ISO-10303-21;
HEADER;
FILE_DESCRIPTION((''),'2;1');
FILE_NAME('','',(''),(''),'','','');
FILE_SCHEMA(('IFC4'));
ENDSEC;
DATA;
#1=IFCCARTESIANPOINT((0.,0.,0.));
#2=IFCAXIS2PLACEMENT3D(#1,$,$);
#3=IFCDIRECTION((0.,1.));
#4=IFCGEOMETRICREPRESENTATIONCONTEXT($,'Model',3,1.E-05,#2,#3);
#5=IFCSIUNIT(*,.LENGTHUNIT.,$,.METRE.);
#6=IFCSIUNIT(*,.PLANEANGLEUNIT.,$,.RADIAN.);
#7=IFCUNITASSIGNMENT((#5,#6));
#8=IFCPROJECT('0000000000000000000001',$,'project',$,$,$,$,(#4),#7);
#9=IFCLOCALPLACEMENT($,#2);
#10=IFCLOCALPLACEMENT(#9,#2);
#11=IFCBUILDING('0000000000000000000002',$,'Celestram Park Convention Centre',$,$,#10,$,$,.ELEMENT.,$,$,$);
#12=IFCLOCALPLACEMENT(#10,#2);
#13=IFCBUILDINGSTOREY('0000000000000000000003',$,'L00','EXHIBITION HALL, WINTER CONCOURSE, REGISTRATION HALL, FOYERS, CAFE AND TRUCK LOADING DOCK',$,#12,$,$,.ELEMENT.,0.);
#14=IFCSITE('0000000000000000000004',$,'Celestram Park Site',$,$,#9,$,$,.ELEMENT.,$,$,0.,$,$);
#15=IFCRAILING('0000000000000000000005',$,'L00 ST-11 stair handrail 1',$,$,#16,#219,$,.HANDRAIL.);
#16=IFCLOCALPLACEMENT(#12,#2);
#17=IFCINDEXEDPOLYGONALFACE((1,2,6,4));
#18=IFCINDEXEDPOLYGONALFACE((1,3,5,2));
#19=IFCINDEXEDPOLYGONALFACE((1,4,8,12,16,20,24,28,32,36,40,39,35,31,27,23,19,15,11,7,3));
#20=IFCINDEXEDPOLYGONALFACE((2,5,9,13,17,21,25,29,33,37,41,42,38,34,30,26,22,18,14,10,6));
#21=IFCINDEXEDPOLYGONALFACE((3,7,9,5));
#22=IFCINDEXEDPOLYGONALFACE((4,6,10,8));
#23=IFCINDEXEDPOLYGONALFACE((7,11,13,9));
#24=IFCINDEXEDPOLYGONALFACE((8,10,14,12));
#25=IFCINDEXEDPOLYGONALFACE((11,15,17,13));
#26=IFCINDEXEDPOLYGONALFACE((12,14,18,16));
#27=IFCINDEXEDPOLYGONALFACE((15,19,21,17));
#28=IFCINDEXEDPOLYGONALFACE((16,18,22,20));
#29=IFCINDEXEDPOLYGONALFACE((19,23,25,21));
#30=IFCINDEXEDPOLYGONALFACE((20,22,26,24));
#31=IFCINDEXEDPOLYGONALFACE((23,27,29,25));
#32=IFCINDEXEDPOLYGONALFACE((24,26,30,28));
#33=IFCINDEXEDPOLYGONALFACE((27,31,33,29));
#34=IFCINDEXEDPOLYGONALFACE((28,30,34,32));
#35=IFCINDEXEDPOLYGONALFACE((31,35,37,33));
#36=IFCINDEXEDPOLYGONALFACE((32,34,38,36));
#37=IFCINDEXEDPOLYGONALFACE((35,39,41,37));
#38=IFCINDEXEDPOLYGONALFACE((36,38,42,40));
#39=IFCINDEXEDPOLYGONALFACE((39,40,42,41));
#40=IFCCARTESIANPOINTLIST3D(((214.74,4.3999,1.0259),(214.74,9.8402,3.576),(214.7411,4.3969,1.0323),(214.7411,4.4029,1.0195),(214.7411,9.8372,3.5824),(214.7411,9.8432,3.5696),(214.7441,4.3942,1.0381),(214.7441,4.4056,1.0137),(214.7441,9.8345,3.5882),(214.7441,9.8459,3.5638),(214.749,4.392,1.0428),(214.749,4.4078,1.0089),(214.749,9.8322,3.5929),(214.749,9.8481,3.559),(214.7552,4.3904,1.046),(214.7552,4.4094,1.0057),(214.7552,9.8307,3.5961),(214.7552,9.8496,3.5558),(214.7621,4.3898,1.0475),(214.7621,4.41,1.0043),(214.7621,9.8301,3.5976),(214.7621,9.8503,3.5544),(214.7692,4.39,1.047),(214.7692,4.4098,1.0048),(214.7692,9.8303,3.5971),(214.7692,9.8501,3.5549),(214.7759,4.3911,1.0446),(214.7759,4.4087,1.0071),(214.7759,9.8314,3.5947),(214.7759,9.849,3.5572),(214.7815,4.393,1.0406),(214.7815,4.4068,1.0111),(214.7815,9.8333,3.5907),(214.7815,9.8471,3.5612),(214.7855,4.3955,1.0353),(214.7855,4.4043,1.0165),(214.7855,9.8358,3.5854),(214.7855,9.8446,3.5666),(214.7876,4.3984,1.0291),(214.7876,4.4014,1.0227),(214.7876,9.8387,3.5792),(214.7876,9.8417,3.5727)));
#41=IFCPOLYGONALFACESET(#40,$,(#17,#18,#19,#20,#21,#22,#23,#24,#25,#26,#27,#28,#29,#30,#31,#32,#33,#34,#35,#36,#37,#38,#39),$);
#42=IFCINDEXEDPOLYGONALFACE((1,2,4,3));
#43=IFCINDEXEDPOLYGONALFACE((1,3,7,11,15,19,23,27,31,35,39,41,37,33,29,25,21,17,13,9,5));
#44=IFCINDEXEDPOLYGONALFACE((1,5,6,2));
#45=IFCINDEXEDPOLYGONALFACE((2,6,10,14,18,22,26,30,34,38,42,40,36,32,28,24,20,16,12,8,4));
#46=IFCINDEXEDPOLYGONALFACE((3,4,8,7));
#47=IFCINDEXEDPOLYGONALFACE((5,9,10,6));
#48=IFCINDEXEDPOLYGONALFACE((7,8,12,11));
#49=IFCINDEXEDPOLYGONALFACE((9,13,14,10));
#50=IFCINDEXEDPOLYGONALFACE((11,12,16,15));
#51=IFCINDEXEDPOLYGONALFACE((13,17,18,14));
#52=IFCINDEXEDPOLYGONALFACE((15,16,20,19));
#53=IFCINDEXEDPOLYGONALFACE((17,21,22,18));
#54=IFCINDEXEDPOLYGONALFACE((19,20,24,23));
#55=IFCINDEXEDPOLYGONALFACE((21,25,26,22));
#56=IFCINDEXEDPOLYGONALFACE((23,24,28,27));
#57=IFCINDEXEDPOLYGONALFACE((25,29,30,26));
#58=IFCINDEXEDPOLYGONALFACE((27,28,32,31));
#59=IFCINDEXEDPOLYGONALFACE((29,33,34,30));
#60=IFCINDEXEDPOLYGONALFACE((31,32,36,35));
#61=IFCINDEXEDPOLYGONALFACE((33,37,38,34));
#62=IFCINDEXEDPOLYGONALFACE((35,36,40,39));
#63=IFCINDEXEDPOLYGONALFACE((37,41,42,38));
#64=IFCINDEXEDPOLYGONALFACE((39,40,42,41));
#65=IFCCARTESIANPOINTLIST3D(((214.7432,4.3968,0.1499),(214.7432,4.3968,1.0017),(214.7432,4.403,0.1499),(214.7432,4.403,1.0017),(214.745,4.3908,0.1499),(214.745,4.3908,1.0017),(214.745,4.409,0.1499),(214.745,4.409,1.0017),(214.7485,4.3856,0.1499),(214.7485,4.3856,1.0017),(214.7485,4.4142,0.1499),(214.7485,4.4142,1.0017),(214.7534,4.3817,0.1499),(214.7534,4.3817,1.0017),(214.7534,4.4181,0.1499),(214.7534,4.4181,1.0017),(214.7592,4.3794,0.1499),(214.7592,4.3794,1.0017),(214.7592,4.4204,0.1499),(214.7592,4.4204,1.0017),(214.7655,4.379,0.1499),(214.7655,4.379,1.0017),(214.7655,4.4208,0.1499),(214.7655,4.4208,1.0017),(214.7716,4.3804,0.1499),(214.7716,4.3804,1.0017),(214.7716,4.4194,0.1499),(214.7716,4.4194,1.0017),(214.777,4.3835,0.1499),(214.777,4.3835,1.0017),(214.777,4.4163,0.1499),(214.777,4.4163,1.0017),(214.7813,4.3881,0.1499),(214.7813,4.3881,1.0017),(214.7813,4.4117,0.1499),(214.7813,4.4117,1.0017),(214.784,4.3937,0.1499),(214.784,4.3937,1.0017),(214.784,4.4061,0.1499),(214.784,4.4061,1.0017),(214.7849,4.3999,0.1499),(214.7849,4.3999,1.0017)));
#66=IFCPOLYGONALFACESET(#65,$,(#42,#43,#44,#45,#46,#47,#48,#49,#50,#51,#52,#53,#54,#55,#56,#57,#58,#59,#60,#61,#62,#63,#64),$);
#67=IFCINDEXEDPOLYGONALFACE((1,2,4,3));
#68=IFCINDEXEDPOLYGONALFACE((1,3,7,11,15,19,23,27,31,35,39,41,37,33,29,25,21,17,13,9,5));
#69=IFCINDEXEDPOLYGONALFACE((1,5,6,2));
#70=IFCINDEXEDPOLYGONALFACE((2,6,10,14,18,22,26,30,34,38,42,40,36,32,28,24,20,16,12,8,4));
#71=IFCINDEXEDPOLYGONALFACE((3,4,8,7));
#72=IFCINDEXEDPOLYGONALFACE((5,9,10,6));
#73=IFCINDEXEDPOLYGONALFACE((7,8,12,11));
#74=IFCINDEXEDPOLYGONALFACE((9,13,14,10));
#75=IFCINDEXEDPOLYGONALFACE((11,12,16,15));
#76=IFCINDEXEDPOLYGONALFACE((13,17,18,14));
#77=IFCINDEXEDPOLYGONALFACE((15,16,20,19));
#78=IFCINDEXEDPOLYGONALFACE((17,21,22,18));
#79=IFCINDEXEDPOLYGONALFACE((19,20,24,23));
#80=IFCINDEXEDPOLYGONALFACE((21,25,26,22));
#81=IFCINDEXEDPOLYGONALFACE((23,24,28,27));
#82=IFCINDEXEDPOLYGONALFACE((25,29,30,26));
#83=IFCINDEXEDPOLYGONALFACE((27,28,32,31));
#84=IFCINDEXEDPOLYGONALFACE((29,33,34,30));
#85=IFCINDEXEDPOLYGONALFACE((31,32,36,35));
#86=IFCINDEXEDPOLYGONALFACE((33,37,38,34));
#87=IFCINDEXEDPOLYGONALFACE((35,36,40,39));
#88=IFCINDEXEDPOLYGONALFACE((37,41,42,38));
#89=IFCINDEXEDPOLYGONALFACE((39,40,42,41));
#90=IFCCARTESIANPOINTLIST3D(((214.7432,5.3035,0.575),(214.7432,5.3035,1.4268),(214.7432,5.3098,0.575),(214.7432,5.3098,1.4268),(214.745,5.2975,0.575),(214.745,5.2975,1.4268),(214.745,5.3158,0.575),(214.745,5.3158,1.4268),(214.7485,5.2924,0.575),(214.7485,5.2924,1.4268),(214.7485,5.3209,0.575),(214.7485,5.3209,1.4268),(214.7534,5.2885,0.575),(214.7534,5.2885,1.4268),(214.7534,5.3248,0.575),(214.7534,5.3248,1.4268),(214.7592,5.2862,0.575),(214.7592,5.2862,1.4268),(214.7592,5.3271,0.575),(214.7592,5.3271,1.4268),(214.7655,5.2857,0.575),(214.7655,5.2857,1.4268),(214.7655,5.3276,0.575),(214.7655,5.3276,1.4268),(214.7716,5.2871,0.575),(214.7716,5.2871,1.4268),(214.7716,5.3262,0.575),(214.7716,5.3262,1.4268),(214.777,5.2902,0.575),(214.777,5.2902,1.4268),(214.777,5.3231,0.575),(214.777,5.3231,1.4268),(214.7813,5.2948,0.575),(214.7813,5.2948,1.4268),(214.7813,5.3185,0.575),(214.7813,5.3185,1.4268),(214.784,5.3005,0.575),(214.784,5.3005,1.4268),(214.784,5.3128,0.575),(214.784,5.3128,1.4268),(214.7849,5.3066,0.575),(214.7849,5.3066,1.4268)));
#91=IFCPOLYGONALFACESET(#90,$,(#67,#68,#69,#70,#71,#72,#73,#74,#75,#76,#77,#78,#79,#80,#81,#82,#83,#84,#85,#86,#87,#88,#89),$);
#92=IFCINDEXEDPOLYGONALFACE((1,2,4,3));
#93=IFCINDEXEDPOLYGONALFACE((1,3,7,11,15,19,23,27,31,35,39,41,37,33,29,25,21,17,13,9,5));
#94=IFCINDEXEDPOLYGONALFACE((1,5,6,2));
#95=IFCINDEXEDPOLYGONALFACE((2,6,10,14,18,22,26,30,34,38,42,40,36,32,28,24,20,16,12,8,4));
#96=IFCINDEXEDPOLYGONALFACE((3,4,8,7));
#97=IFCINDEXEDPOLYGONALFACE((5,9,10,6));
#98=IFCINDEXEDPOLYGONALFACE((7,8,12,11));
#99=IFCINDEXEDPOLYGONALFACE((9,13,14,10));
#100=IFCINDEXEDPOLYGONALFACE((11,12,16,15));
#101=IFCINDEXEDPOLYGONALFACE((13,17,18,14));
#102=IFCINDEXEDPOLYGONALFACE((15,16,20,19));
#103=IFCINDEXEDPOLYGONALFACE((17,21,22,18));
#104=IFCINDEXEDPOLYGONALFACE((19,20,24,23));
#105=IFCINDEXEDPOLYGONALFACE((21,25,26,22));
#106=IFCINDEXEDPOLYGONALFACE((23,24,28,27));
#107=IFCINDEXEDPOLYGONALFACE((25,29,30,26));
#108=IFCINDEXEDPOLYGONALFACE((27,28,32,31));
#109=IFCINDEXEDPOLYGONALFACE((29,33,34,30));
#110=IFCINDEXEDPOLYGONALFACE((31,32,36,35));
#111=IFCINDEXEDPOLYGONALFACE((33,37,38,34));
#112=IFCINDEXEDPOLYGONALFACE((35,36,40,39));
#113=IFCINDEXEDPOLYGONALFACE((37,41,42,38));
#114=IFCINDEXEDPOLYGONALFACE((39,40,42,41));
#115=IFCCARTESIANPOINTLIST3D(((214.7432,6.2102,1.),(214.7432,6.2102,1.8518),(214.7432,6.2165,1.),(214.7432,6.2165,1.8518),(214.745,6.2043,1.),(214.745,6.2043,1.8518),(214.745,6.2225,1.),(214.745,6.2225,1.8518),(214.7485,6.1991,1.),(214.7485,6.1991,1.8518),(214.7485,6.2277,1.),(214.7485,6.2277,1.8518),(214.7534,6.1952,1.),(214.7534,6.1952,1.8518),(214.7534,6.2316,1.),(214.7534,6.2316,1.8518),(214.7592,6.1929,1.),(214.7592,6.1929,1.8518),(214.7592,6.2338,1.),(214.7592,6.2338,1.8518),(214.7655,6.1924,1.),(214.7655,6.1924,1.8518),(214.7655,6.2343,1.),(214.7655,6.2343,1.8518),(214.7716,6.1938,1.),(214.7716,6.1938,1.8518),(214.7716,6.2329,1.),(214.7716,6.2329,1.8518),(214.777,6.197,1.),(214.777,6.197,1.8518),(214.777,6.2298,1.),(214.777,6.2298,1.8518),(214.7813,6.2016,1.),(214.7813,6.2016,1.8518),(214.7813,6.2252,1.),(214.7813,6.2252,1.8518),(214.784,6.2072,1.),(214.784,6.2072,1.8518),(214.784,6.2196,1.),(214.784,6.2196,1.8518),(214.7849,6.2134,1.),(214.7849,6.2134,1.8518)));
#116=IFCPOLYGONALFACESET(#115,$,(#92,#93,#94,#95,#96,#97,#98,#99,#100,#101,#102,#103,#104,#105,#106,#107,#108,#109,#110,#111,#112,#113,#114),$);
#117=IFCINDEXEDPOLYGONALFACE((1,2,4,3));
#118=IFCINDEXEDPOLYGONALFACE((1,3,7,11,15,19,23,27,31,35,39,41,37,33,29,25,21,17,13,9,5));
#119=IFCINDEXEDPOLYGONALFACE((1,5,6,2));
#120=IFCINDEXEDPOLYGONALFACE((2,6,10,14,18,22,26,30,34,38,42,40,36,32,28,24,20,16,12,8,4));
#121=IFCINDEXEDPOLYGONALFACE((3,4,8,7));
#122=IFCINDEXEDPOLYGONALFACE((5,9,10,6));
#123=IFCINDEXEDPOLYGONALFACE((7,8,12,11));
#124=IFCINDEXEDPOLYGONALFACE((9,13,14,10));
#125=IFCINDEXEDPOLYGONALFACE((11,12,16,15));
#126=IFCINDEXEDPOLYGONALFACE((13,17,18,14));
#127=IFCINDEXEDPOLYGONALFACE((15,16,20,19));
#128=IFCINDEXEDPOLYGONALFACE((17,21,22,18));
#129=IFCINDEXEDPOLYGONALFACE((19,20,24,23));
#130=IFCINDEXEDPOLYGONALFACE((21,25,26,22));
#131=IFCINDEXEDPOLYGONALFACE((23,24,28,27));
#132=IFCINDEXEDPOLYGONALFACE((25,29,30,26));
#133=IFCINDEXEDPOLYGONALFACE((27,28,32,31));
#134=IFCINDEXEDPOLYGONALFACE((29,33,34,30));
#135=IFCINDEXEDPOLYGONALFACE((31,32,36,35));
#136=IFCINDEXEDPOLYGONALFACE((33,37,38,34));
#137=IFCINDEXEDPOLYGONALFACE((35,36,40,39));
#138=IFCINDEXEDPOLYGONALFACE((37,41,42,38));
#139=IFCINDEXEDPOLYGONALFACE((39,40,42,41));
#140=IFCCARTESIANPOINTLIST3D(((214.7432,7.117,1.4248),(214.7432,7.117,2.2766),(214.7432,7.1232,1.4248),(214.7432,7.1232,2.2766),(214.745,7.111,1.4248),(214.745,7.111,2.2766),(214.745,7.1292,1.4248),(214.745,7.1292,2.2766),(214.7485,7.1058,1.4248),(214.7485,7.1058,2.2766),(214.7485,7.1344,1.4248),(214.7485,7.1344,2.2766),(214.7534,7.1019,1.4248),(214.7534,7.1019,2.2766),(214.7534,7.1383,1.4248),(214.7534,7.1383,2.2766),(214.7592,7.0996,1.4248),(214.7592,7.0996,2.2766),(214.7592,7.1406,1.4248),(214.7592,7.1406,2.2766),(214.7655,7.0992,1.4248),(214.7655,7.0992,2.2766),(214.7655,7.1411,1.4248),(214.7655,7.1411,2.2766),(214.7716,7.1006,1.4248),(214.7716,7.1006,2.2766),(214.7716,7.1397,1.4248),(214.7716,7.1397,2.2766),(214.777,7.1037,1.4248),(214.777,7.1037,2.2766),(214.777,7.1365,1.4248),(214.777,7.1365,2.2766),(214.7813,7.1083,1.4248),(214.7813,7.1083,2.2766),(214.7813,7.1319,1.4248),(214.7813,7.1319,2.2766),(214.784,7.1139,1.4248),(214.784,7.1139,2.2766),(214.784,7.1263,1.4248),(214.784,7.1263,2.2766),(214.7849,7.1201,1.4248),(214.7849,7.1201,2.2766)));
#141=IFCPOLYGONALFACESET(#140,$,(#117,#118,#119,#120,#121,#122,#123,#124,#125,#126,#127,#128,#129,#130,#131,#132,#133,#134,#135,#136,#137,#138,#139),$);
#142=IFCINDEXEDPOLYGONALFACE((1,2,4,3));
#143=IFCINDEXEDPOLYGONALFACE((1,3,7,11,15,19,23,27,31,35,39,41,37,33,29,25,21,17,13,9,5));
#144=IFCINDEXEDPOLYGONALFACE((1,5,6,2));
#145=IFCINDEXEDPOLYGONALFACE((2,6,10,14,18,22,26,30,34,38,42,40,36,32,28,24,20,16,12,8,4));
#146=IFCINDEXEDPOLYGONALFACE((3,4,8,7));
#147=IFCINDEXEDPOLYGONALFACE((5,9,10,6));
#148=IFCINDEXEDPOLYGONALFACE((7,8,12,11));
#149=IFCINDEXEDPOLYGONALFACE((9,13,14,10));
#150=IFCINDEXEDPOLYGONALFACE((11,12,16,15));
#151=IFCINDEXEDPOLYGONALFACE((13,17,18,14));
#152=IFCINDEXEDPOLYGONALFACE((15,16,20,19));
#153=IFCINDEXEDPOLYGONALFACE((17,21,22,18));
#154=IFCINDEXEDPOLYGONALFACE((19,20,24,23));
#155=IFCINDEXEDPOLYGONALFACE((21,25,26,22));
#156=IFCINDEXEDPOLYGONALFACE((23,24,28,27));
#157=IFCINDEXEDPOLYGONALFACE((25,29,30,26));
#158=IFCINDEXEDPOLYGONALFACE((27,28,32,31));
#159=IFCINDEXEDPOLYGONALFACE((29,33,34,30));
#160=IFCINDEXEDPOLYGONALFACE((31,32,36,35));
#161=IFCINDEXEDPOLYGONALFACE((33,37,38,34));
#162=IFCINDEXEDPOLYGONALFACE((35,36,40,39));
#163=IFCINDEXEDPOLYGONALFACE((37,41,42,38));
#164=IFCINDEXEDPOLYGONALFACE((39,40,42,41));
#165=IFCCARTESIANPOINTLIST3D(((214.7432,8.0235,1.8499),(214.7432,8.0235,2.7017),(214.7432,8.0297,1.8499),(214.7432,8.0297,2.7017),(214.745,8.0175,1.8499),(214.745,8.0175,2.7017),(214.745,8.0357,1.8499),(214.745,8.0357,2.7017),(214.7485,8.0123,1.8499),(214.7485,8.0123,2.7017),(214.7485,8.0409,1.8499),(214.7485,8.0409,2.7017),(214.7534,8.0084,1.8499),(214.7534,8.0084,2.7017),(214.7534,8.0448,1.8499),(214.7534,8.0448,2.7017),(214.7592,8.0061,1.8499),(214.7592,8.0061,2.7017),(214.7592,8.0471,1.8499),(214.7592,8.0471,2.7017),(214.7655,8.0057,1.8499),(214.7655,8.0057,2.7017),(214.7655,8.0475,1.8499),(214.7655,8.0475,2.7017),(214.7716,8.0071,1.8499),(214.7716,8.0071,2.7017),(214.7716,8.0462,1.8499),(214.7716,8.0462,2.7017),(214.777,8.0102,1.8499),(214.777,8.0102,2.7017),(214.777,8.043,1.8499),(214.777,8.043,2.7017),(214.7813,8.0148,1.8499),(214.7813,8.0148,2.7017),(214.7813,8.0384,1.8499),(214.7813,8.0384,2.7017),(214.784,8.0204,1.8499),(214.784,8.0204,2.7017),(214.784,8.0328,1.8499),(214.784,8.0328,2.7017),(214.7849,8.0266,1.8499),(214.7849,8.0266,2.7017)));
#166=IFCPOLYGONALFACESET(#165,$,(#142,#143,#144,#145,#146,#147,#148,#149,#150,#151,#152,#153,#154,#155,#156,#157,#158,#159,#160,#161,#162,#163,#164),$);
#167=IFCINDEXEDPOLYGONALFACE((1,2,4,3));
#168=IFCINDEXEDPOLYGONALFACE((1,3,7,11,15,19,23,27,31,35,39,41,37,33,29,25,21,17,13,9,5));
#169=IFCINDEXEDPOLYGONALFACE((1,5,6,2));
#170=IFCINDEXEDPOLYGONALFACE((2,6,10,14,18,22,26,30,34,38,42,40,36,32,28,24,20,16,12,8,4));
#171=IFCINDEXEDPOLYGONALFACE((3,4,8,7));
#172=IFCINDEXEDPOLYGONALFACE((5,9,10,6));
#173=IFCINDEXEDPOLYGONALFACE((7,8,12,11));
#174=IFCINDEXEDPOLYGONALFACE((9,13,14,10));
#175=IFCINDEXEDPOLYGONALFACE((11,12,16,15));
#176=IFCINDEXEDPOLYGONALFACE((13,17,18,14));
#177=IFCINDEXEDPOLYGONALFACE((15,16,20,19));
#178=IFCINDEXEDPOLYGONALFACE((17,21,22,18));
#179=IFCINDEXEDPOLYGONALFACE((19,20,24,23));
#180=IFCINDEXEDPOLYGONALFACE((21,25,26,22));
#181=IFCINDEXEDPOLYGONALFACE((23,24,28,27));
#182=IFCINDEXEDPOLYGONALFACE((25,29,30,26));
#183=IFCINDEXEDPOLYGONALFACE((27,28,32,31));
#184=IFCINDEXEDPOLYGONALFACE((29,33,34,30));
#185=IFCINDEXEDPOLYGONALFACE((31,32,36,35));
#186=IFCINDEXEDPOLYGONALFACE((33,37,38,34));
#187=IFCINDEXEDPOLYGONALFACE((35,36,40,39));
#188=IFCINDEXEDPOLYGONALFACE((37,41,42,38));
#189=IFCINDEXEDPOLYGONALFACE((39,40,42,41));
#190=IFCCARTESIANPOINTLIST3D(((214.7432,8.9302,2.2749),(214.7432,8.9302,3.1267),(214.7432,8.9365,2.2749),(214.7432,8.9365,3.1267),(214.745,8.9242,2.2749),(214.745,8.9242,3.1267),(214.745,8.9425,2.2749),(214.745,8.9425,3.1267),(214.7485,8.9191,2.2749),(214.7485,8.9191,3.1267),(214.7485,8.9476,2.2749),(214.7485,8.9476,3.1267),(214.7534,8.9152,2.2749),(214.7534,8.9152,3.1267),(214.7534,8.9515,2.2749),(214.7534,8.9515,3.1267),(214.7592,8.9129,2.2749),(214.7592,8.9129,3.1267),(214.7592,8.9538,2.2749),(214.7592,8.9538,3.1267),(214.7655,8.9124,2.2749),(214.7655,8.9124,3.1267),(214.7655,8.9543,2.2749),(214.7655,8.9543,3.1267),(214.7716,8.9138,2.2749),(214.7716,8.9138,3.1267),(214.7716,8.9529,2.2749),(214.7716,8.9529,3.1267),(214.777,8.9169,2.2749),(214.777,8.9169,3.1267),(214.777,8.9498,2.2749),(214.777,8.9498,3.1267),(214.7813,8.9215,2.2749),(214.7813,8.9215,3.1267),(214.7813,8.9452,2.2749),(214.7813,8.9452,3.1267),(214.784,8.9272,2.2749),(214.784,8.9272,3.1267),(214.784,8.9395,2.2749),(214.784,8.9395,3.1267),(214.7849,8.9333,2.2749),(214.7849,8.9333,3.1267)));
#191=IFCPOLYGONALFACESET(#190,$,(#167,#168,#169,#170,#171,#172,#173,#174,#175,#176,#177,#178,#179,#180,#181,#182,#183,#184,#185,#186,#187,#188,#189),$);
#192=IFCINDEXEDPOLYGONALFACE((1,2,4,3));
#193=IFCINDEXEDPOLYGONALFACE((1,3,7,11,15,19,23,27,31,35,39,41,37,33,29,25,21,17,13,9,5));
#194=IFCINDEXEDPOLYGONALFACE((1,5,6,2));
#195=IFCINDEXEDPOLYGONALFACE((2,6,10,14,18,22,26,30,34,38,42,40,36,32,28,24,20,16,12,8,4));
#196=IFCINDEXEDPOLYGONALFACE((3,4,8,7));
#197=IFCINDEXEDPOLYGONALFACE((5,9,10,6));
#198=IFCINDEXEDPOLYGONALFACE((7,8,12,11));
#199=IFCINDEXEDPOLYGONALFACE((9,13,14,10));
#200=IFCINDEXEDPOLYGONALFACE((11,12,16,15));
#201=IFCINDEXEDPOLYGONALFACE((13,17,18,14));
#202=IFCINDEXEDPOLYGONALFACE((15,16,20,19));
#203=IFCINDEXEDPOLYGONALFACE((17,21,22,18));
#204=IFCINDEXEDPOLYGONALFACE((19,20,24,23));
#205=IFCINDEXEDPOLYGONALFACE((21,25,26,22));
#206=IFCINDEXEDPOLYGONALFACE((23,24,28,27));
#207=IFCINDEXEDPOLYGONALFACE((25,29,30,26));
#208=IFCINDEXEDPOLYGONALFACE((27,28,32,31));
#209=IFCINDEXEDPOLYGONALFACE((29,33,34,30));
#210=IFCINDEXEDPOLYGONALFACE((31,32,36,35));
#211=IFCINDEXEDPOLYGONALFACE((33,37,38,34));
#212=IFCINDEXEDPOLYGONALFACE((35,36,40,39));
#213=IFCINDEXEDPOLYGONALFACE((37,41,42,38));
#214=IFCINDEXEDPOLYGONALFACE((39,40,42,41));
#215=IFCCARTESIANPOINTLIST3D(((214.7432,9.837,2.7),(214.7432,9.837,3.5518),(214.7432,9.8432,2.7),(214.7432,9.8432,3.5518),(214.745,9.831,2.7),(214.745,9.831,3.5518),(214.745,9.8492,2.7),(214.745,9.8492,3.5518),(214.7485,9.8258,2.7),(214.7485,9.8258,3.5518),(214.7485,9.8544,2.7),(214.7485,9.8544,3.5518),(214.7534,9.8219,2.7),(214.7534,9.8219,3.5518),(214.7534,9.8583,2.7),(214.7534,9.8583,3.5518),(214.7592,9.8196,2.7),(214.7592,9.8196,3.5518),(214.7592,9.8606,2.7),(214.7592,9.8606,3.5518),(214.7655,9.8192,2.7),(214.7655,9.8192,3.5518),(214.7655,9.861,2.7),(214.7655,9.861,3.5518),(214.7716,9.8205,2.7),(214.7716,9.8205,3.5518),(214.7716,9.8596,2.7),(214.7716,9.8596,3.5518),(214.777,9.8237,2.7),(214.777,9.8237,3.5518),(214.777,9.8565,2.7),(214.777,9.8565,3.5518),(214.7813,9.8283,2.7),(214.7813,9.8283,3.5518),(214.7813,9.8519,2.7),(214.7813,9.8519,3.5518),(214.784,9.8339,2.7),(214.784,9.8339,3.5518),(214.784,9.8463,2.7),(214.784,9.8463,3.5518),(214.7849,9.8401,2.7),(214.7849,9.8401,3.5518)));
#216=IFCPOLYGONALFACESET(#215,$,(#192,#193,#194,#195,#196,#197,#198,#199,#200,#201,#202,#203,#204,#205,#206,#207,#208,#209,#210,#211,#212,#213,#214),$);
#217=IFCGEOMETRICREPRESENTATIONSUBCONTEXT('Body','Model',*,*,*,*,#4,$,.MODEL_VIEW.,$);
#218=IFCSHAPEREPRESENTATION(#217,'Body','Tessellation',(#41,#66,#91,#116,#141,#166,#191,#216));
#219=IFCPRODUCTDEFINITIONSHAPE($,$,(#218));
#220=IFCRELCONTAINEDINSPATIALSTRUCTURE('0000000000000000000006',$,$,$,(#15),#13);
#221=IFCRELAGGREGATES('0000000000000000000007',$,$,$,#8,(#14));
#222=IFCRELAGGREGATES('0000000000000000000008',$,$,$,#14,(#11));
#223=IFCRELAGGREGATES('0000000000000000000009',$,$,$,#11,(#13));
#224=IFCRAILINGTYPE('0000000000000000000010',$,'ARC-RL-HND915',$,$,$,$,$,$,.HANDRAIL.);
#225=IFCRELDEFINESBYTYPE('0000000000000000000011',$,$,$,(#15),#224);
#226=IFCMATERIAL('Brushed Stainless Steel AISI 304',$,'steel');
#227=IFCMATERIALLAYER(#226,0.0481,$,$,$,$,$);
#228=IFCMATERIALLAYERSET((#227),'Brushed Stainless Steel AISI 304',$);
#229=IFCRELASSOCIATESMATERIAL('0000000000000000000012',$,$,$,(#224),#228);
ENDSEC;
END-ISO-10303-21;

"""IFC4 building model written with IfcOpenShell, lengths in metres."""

from ifc_helpers import new_model, si_unit, direction, frame, origin, origin_2d, place, context, subcontext, project, spatial, circle, extrude, material, layer, layer_set, type_object, element, save


model = new_model("IFC4")

# Units and contexts
model_context = context("Model", 3, precision=1e-05, world=origin(), true_north=direction((0.0, 1.0)))
body_context = subcontext(model_context, "Body", "Model", "MODEL_VIEW")
ifc_project = project(units=[si_unit("LENGTHUNIT", "METRE"), si_unit("PLANEANGLEUNIT", "RADIAN")], contexts=[model_context])

# Site, building, storey
site_placement = place(None, origin())
site = spatial("IfcSite", under=ifc_project, at=site_placement, Name="Celestram Park Site", CompositionType="ELEMENT", RefElevation=0.0)
building_placement = place(site_placement, origin())
building = spatial("IfcBuilding", under=site, at=building_placement, Name="Celestram Park Convention Centre", CompositionType="ELEMENT")
storey_placement = place(building_placement, origin())
storey = spatial("IfcBuildingStorey", under=building, at=storey_placement, Name="L00", Description="EXHIBITION HALL, WINTER CONCOURSE, REGISTRATION HALL, FOYERS, CAFE AND TRUCK LOADING DOCK", CompositionType="ELEMENT", Elevation=0.0)

# Railing
ifc_material_1 = material(Name="Brushed Stainless Steel AISI 304", Category="steel")
ifc_layer_1 = layer(ifc_material_1, 0.0481)
ifc_layer_set_1 = layer_set([ifc_layer_1], Name="Brushed Stainless Steel AISI 304")
railing_type = type_object("IfcRailingType", Name="ARC-RL-HND915", PredefinedType="HANDRAIL", material=ifc_layer_set_1)
railing_placement = place(storey_placement, frame((214.7639, 4.3999, 0.1499)))
element("IfcRailing", 1, at=railing_placement, inside=storey, type_object=railing_type, Name="L00 ST-11 stair handrail 1", PredefinedType="HANDRAIL", context=body_context, shape_type="SweptSolid", body=[
    extrude(circle(Radius=0.0239, at=origin_2d()), frame((0.0, 0.0, 0.876), z_axis=(0.0, 0.905461, 0.424429), x_axis=(-1.0, 0.0, 0.0)), (0.0, 0.0, 1.0), 6.0083),
    extrude(circle(Radius=0.021, at=origin_2d()), origin(), (0.0, 0.0, 1.0), 0.8518),
    extrude(circle(Radius=0.021, at=origin_2d()), frame((0.0, 0.9067, 0.425)), (0.0, 0.0, 1.0), 0.8518),
    extrude(circle(Radius=0.021, at=origin_2d()), frame((0.0, 1.8135, 0.8501)), (0.0, 0.0, 1.0), 0.8518),
    extrude(circle(Radius=0.021, at=origin_2d()), frame((0.0, 2.7202, 1.2749)), (0.0, 0.0, 1.0), 0.8518),
    extrude(circle(Radius=0.021, at=origin_2d()), frame((0.0, 3.6267, 1.7)), (0.0, 0.0, 1.0), 0.8518),
    extrude(circle(Radius=0.021, at=origin_2d()), frame((0.0, 4.5334, 2.125)), (0.0, 0.0, 1.0), 0.8518),
    extrude(circle(Radius=0.021, at=origin_2d()), frame((0.0, 5.4402, 2.55)), (0.0, 0.0, 1.0), 0.8518),
])

save(model, "model.ifc")
